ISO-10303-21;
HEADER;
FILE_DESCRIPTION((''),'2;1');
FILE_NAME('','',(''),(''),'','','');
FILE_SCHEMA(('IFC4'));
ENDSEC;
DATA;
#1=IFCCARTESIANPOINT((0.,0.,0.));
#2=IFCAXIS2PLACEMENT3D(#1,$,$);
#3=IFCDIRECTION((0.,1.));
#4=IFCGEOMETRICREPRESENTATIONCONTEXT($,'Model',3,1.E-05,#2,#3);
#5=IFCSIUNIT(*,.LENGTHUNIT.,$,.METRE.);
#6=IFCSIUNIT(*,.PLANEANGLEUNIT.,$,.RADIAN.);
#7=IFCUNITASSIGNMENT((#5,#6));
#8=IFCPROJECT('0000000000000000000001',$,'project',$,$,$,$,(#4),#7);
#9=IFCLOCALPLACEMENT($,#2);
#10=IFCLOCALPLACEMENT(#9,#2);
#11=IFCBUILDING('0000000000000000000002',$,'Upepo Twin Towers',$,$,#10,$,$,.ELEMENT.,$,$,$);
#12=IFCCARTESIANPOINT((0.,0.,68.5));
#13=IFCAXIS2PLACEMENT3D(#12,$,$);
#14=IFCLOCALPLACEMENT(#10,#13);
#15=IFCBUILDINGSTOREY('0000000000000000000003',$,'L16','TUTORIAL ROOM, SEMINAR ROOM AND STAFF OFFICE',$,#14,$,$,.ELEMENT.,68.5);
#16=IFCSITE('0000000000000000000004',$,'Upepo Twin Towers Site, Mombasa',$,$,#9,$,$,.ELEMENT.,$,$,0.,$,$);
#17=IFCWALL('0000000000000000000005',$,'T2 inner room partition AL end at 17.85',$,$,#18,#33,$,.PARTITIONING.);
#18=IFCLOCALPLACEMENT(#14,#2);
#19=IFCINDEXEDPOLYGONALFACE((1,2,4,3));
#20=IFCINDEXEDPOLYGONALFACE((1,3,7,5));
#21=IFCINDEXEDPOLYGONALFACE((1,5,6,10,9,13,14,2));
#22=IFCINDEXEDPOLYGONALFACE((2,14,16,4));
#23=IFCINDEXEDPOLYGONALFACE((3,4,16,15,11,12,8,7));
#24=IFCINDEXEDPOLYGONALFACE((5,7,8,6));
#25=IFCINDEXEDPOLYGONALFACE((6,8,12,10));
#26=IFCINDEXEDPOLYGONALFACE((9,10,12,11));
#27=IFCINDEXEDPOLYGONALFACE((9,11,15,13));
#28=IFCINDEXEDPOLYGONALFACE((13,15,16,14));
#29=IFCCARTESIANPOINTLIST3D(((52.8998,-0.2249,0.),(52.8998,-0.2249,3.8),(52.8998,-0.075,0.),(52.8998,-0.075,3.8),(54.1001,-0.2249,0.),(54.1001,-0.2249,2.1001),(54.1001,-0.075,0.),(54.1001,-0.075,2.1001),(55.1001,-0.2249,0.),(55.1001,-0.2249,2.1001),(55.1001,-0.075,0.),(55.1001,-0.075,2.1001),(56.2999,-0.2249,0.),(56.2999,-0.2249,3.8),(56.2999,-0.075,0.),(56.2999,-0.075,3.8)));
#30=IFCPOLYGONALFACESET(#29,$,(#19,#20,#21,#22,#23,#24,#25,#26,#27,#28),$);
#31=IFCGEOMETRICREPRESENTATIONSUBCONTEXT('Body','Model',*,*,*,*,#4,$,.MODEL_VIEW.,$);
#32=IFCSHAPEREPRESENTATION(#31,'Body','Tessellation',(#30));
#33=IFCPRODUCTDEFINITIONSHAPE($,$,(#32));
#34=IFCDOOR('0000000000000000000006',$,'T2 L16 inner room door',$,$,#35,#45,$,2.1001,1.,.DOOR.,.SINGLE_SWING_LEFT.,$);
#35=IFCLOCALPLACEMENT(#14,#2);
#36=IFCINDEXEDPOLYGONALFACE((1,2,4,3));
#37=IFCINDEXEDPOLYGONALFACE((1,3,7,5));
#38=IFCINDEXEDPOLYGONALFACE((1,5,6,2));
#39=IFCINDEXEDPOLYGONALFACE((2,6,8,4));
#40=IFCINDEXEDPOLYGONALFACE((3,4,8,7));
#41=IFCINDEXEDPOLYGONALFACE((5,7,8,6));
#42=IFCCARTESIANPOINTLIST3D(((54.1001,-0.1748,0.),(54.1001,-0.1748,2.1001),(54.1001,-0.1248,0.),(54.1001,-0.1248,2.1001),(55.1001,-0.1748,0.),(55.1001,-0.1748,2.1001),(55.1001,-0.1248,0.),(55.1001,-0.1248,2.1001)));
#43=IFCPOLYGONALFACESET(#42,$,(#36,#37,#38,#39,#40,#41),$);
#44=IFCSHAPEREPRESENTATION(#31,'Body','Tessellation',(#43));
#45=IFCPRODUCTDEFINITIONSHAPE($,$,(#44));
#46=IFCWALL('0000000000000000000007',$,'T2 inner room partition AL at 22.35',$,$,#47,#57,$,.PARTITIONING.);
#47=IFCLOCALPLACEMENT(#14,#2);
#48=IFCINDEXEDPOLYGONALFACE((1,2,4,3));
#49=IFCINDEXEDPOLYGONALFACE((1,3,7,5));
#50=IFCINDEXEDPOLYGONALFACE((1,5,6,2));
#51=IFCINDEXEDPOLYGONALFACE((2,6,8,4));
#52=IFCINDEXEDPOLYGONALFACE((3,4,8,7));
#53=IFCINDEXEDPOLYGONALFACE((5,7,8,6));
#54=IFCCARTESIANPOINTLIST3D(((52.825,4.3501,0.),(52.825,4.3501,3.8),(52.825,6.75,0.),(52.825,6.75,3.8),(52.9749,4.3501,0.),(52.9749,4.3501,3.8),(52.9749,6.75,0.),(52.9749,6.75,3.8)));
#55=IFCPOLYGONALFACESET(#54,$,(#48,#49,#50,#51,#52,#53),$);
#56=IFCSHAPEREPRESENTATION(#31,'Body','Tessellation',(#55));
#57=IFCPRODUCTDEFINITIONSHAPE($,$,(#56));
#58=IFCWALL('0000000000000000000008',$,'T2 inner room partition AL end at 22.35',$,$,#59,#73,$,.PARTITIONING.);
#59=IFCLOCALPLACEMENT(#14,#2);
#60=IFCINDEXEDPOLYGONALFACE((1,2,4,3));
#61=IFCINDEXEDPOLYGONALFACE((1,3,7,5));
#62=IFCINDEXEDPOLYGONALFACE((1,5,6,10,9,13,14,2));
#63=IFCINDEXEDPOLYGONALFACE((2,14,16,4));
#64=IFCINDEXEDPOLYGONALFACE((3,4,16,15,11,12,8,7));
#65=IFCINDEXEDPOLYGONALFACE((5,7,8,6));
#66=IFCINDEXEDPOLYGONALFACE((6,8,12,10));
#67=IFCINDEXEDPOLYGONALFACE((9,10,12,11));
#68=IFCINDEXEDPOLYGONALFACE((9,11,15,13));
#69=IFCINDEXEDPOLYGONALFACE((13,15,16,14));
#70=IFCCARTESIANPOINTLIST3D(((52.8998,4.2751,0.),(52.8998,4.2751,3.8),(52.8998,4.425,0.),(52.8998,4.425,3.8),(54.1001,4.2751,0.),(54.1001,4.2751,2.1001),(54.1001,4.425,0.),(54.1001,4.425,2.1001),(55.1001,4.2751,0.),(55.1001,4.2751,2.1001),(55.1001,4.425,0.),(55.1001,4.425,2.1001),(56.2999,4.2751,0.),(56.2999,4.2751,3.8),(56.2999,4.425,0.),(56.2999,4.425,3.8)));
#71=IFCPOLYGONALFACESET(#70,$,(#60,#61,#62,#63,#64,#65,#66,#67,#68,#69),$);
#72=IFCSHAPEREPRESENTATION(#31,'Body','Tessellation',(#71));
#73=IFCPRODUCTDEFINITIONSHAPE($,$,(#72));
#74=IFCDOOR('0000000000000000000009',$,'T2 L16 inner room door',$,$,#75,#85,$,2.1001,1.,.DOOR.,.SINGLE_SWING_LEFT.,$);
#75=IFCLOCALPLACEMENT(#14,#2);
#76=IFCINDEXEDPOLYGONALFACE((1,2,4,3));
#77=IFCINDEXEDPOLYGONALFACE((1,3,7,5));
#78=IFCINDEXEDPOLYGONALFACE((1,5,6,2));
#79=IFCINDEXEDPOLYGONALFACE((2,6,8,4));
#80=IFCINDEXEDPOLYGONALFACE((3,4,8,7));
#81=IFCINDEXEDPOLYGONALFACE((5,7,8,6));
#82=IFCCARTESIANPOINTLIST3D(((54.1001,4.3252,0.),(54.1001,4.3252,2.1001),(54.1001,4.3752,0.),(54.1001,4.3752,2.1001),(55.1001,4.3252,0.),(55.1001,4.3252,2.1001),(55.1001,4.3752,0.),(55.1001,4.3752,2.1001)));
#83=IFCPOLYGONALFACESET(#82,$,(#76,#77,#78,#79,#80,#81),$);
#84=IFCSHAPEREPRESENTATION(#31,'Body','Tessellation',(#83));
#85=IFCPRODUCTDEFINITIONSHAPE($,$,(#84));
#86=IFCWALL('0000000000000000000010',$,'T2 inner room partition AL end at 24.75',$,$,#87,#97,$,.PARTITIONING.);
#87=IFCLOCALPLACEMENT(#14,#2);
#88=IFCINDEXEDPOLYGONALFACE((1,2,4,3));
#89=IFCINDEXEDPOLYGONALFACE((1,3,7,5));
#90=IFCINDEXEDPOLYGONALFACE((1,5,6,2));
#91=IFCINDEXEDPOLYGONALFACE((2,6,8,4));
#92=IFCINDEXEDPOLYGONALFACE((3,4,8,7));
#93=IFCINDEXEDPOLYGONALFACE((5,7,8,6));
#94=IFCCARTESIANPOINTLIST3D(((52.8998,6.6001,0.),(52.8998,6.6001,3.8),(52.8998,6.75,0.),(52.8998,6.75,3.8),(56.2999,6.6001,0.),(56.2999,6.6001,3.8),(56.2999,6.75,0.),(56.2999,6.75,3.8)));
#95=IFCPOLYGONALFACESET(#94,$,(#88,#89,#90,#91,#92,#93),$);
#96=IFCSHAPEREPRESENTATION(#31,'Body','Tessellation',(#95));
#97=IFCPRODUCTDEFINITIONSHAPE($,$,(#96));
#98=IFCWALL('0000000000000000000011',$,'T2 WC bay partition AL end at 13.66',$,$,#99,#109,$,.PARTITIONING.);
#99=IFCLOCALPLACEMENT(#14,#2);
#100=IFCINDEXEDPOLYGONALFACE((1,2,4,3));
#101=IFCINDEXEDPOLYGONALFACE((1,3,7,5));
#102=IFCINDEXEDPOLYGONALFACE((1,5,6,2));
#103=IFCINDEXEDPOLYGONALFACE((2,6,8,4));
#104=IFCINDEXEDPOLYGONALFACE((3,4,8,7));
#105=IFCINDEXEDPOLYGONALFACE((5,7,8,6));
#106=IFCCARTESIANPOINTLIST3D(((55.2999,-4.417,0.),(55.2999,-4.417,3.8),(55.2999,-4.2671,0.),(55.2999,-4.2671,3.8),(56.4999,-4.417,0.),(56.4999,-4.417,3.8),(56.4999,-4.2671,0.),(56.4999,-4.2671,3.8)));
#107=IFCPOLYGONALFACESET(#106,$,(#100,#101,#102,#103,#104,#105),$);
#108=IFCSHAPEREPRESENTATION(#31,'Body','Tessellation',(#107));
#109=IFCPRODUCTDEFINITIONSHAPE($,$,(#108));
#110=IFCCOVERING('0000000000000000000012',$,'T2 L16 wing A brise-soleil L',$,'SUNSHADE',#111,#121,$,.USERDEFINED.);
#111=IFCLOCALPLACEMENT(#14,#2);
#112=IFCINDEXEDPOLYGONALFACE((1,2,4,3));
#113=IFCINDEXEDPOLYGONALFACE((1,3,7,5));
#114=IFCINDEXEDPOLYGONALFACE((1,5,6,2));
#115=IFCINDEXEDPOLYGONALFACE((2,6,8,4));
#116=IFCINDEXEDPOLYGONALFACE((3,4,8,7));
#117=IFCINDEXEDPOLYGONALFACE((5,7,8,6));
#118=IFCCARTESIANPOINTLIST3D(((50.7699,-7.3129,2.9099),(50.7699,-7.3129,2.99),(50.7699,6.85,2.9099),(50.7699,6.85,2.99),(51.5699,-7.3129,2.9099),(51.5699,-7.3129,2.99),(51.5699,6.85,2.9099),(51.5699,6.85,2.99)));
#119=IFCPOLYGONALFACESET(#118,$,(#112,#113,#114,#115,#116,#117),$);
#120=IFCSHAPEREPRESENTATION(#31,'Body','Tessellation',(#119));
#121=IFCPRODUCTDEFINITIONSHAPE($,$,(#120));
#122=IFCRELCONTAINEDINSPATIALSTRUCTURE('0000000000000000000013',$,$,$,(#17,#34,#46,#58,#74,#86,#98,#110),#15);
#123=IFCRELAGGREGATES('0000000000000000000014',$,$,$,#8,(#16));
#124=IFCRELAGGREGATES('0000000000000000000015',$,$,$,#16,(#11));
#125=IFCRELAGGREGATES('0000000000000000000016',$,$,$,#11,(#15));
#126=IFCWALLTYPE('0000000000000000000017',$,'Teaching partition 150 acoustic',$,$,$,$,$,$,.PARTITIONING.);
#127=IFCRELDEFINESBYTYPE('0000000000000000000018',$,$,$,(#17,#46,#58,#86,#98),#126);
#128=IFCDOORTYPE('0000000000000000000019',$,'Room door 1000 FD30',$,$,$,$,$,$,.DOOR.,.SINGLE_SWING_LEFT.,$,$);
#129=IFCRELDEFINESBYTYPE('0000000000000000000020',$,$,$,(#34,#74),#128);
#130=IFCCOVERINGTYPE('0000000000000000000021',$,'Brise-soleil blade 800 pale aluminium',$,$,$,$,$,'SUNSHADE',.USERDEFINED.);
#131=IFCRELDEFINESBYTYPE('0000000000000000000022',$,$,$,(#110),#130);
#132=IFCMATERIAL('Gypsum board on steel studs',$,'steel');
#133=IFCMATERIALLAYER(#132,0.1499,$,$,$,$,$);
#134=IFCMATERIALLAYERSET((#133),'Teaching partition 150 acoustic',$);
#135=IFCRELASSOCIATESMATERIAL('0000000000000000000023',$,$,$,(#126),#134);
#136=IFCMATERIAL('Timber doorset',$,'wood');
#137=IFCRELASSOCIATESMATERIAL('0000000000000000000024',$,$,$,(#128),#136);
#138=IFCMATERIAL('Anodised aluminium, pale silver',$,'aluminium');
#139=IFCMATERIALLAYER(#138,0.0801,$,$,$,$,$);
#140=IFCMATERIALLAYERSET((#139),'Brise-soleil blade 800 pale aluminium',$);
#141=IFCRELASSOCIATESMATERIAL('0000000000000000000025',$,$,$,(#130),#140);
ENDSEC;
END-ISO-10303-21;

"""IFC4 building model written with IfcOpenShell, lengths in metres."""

from ifc_helpers import new_model, si_unit, direction, frame, frame_2d, origin, origin_2d, place, context, subcontext, project, spatial, rectangle, extrude, material, layer, layer_set, type_object, element, fill, save


model = new_model("IFC4")

# Units and contexts
model_context = context("Model", 3, precision=1e-05, world=origin(), true_north=direction((0.0, 1.0)))
body_context = subcontext(model_context, "Body", "Model", "MODEL_VIEW")
ifc_project = project(units=[si_unit("LENGTHUNIT", "METRE"), si_unit("PLANEANGLEUNIT", "RADIAN")], contexts=[model_context])

# Site, building, storey
site_placement = place(None, origin())
site = spatial("IfcSite", under=ifc_project, at=site_placement, Name="Upepo Twin Towers Site, Mombasa", CompositionType="ELEMENT", RefElevation=0.0)
building_placement = place(site_placement, origin())
building = spatial("IfcBuilding", under=site, at=building_placement, Name="Upepo Twin Towers", CompositionType="ELEMENT")
storey_placement = place(building_placement, frame((0.0, 0.0, 68.5)))
storey = spatial("IfcBuildingStorey", under=building, at=storey_placement, Name="L16", Description="TUTORIAL ROOM, SEMINAR ROOM AND STAFF OFFICE", CompositionType="ELEMENT", Elevation=68.5)

# Shared definitions
ifc_material_1 = material(Name="Gypsum board on steel studs", Category="steel")
ifc_layer_1 = layer(ifc_material_1, 0.1499)
ifc_layer_set_1 = layer_set([ifc_layer_1], Name="Teaching partition 150 acoustic")
wall_type_1 = type_object("IfcWallType", Name="Teaching partition 150 acoustic", PredefinedType="PARTITIONING", material=ifc_layer_set_1)

# Wall, opening, door
wall_1_placement = place(storey_placement, frame((56.3, -0.1499, 0.0), z_axis=(0.0, 0.0, 1.0), x_axis=(-1.0, 0.0, 0.0)))
wall_1 = element("IfcWall", 1, at=wall_1_placement, inside=storey, type_object=wall_type_1, Name="T2 inner room partition AL end at 17.85", PredefinedType="PARTITIONING", context=body_context, shape_type="SweptSolid", body=[
    extrude(rectangle(XDim=3.4001, YDim=0.1499, at=frame_2d((1.7002, 0.0))), origin(), (0.0, 0.0, 1.0), 3.8),
])
opening_1_placement = place(wall_1_placement, frame((1.2, 0.0, 0.0)))
opening_1 = element("IfcOpeningElement", 2, at=opening_1_placement, cuts=wall_1, PredefinedType="OPENING", context=body_context, shape_type="SweptSolid", body=[
    extrude(rectangle(XDim=1.0, YDim=2.1001, at=frame_2d((0.5, 1.05))), frame((0.0, 0.085, 0.0), z_axis=(0.0, -1.0, 0.0), x_axis=(1.0, 0.0, 0.0)), (0.0, 0.0, 1.0), 0.1699),
])
ifc_material_2 = material(Name="Timber doorset", Category="wood")
door_type = type_object("IfcDoorType", Name="Room door 1000 FD30", OperationType="SINGLE_SWING_LEFT", PredefinedType="DOOR", material=ifc_material_2)
door_1_placement = place(opening_1_placement, origin())
door_1 = element("IfcDoor", 3, at=door_1_placement, inside=storey, type_object=door_type, Name="T2 L16 inner room door", OperationType="SINGLE_SWING_LEFT", OverallHeight=2.1001, OverallWidth=1.0, PredefinedType="DOOR", context=body_context, shape_type="SweptSolid", body=[
    extrude(rectangle(XDim=1.0, YDim=2.1001, at=frame_2d((0.5, 1.05))), frame((0.0, 0.0249, 0.0), z_axis=(0.0, -1.0, 0.0), x_axis=(1.0, 0.0, 0.0)), (0.0, 0.0, 1.0), 0.05),
])
fill(opening_1, door_1)

# Wall
wall_2_placement = place(storey_placement, frame((52.8999, 4.3501, 0.0), z_axis=(0.0, 0.0, 1.0), x_axis=(0.0, 1.0, 0.0)))
element("IfcWall", 4, at=wall_2_placement, inside=storey, type_object=wall_type_1, Name="T2 inner room partition AL at 22.35", PredefinedType="PARTITIONING", context=body_context, shape_type="SweptSolid", body=[
    extrude(rectangle(XDim=2.3999, YDim=0.1499, at=frame_2d((1.2, 0.0))), origin(), (0.0, 0.0, 1.0), 3.8),
])

# Wall, opening, door
wall_3_placement = place(storey_placement, frame((56.3, 4.3501, 0.0), z_axis=(0.0, 0.0, 1.0), x_axis=(-1.0, 0.0, 0.0)))
wall_3 = element("IfcWall", 5, at=wall_3_placement, inside=storey, type_object=wall_type_1, Name="T2 inner room partition AL end at 22.35", PredefinedType="PARTITIONING", context=body_context, shape_type="SweptSolid", body=[
    extrude(rectangle(XDim=3.4001, YDim=0.1499, at=frame_2d((1.7002, 0.0))), origin(), (0.0, 0.0, 1.0), 3.8),
])
opening_2_placement = place(wall_3_placement, frame((1.2, 0.0, 0.0)))
opening_2 = element("IfcOpeningElement", 6, at=opening_2_placement, cuts=wall_3, PredefinedType="OPENING", context=body_context, shape_type="SweptSolid", body=[
    extrude(rectangle(XDim=1.0, YDim=2.1001, at=frame_2d((0.5, 1.05))), frame((0.0, 0.085, 0.0), z_axis=(0.0, -1.0, 0.0), x_axis=(1.0, 0.0, 0.0)), (0.0, 0.0, 1.0), 0.1699),
])
door_2_placement = place(opening_2_placement, origin())
door_2 = element("IfcDoor", 7, at=door_2_placement, inside=storey, type_object=door_type, Name="T2 L16 inner room door", OperationType="SINGLE_SWING_LEFT", OverallHeight=2.1001, OverallWidth=1.0, PredefinedType="DOOR", context=body_context, shape_type="SweptSolid", body=[
    extrude(rectangle(XDim=1.0, YDim=2.1001, at=frame_2d((0.5, 1.05))), frame((0.0, 0.0249, 0.0), z_axis=(0.0, -1.0, 0.0), x_axis=(1.0, 0.0, 0.0)), (0.0, 0.0, 1.0), 0.05),
])
fill(opening_2, door_2)

# Walls
wall_4_placement = place(storey_placement, frame((56.3, 6.675, 0.0), z_axis=(0.0, 0.0, 1.0), x_axis=(-1.0, 0.0, 0.0)))
element("IfcWall", 8, at=wall_4_placement, inside=storey, type_object=wall_type_1, Name="T2 inner room partition AL end at 24.75", PredefinedType="PARTITIONING", context=body_context, shape_type="SweptSolid", body=[
    extrude(rectangle(XDim=3.4001, YDim=0.1499, at=frame_2d((1.7002, 0.0))), origin(), (0.0, 0.0, 1.0), 3.8),
])
wall_5_placement = place(storey_placement, frame((56.5, -4.342, 0.0), z_axis=(0.0, 0.0, 1.0), x_axis=(-1.0, 0.0, 0.0)))
element("IfcWall", 9, at=wall_5_placement, inside=storey, type_object=wall_type_1, Name="T2 WC bay partition AL end at 13.66", PredefinedType="PARTITIONING", context=body_context, shape_type="SweptSolid", body=[
    extrude(rectangle(XDim=1.2, YDim=0.1499, at=frame_2d((0.6001, 0.0))), origin(), (0.0, 0.0, 1.0), 3.8),
])

# Covering
ifc_material_3 = material(Name="Anodised aluminium, pale silver", Category="aluminium")
ifc_layer_2 = layer(ifc_material_3, 0.0801)
ifc_layer_set_2 = layer_set([ifc_layer_2], Name="Brise-soleil blade 800 pale aluminium")
covering_type = type_object("IfcCoveringType", Name="Brise-soleil blade 800 pale aluminium", ElementType="SUNSHADE", PredefinedType="USERDEFINED", material=ifc_layer_set_2)
covering_placement = place(storey_placement, frame((51.1699, -0.2314, 2.9099), z_axis=(0.0, 0.0, 1.0), x_axis=(0.0, 1.0, 0.0)))
element("IfcCovering", 10, at=covering_placement, inside=storey, type_object=covering_type, Name="T2 L16 wing A brise-soleil L", ObjectType="SUNSHADE", PredefinedType="USERDEFINED", context=body_context, shape_type="SweptSolid", body=[
    extrude(rectangle(XDim=14.1628, YDim=0.8, at=origin_2d()), origin(), (0.0, 0.0, 1.0), 0.0801),
])

save(model, "model.ifc")
